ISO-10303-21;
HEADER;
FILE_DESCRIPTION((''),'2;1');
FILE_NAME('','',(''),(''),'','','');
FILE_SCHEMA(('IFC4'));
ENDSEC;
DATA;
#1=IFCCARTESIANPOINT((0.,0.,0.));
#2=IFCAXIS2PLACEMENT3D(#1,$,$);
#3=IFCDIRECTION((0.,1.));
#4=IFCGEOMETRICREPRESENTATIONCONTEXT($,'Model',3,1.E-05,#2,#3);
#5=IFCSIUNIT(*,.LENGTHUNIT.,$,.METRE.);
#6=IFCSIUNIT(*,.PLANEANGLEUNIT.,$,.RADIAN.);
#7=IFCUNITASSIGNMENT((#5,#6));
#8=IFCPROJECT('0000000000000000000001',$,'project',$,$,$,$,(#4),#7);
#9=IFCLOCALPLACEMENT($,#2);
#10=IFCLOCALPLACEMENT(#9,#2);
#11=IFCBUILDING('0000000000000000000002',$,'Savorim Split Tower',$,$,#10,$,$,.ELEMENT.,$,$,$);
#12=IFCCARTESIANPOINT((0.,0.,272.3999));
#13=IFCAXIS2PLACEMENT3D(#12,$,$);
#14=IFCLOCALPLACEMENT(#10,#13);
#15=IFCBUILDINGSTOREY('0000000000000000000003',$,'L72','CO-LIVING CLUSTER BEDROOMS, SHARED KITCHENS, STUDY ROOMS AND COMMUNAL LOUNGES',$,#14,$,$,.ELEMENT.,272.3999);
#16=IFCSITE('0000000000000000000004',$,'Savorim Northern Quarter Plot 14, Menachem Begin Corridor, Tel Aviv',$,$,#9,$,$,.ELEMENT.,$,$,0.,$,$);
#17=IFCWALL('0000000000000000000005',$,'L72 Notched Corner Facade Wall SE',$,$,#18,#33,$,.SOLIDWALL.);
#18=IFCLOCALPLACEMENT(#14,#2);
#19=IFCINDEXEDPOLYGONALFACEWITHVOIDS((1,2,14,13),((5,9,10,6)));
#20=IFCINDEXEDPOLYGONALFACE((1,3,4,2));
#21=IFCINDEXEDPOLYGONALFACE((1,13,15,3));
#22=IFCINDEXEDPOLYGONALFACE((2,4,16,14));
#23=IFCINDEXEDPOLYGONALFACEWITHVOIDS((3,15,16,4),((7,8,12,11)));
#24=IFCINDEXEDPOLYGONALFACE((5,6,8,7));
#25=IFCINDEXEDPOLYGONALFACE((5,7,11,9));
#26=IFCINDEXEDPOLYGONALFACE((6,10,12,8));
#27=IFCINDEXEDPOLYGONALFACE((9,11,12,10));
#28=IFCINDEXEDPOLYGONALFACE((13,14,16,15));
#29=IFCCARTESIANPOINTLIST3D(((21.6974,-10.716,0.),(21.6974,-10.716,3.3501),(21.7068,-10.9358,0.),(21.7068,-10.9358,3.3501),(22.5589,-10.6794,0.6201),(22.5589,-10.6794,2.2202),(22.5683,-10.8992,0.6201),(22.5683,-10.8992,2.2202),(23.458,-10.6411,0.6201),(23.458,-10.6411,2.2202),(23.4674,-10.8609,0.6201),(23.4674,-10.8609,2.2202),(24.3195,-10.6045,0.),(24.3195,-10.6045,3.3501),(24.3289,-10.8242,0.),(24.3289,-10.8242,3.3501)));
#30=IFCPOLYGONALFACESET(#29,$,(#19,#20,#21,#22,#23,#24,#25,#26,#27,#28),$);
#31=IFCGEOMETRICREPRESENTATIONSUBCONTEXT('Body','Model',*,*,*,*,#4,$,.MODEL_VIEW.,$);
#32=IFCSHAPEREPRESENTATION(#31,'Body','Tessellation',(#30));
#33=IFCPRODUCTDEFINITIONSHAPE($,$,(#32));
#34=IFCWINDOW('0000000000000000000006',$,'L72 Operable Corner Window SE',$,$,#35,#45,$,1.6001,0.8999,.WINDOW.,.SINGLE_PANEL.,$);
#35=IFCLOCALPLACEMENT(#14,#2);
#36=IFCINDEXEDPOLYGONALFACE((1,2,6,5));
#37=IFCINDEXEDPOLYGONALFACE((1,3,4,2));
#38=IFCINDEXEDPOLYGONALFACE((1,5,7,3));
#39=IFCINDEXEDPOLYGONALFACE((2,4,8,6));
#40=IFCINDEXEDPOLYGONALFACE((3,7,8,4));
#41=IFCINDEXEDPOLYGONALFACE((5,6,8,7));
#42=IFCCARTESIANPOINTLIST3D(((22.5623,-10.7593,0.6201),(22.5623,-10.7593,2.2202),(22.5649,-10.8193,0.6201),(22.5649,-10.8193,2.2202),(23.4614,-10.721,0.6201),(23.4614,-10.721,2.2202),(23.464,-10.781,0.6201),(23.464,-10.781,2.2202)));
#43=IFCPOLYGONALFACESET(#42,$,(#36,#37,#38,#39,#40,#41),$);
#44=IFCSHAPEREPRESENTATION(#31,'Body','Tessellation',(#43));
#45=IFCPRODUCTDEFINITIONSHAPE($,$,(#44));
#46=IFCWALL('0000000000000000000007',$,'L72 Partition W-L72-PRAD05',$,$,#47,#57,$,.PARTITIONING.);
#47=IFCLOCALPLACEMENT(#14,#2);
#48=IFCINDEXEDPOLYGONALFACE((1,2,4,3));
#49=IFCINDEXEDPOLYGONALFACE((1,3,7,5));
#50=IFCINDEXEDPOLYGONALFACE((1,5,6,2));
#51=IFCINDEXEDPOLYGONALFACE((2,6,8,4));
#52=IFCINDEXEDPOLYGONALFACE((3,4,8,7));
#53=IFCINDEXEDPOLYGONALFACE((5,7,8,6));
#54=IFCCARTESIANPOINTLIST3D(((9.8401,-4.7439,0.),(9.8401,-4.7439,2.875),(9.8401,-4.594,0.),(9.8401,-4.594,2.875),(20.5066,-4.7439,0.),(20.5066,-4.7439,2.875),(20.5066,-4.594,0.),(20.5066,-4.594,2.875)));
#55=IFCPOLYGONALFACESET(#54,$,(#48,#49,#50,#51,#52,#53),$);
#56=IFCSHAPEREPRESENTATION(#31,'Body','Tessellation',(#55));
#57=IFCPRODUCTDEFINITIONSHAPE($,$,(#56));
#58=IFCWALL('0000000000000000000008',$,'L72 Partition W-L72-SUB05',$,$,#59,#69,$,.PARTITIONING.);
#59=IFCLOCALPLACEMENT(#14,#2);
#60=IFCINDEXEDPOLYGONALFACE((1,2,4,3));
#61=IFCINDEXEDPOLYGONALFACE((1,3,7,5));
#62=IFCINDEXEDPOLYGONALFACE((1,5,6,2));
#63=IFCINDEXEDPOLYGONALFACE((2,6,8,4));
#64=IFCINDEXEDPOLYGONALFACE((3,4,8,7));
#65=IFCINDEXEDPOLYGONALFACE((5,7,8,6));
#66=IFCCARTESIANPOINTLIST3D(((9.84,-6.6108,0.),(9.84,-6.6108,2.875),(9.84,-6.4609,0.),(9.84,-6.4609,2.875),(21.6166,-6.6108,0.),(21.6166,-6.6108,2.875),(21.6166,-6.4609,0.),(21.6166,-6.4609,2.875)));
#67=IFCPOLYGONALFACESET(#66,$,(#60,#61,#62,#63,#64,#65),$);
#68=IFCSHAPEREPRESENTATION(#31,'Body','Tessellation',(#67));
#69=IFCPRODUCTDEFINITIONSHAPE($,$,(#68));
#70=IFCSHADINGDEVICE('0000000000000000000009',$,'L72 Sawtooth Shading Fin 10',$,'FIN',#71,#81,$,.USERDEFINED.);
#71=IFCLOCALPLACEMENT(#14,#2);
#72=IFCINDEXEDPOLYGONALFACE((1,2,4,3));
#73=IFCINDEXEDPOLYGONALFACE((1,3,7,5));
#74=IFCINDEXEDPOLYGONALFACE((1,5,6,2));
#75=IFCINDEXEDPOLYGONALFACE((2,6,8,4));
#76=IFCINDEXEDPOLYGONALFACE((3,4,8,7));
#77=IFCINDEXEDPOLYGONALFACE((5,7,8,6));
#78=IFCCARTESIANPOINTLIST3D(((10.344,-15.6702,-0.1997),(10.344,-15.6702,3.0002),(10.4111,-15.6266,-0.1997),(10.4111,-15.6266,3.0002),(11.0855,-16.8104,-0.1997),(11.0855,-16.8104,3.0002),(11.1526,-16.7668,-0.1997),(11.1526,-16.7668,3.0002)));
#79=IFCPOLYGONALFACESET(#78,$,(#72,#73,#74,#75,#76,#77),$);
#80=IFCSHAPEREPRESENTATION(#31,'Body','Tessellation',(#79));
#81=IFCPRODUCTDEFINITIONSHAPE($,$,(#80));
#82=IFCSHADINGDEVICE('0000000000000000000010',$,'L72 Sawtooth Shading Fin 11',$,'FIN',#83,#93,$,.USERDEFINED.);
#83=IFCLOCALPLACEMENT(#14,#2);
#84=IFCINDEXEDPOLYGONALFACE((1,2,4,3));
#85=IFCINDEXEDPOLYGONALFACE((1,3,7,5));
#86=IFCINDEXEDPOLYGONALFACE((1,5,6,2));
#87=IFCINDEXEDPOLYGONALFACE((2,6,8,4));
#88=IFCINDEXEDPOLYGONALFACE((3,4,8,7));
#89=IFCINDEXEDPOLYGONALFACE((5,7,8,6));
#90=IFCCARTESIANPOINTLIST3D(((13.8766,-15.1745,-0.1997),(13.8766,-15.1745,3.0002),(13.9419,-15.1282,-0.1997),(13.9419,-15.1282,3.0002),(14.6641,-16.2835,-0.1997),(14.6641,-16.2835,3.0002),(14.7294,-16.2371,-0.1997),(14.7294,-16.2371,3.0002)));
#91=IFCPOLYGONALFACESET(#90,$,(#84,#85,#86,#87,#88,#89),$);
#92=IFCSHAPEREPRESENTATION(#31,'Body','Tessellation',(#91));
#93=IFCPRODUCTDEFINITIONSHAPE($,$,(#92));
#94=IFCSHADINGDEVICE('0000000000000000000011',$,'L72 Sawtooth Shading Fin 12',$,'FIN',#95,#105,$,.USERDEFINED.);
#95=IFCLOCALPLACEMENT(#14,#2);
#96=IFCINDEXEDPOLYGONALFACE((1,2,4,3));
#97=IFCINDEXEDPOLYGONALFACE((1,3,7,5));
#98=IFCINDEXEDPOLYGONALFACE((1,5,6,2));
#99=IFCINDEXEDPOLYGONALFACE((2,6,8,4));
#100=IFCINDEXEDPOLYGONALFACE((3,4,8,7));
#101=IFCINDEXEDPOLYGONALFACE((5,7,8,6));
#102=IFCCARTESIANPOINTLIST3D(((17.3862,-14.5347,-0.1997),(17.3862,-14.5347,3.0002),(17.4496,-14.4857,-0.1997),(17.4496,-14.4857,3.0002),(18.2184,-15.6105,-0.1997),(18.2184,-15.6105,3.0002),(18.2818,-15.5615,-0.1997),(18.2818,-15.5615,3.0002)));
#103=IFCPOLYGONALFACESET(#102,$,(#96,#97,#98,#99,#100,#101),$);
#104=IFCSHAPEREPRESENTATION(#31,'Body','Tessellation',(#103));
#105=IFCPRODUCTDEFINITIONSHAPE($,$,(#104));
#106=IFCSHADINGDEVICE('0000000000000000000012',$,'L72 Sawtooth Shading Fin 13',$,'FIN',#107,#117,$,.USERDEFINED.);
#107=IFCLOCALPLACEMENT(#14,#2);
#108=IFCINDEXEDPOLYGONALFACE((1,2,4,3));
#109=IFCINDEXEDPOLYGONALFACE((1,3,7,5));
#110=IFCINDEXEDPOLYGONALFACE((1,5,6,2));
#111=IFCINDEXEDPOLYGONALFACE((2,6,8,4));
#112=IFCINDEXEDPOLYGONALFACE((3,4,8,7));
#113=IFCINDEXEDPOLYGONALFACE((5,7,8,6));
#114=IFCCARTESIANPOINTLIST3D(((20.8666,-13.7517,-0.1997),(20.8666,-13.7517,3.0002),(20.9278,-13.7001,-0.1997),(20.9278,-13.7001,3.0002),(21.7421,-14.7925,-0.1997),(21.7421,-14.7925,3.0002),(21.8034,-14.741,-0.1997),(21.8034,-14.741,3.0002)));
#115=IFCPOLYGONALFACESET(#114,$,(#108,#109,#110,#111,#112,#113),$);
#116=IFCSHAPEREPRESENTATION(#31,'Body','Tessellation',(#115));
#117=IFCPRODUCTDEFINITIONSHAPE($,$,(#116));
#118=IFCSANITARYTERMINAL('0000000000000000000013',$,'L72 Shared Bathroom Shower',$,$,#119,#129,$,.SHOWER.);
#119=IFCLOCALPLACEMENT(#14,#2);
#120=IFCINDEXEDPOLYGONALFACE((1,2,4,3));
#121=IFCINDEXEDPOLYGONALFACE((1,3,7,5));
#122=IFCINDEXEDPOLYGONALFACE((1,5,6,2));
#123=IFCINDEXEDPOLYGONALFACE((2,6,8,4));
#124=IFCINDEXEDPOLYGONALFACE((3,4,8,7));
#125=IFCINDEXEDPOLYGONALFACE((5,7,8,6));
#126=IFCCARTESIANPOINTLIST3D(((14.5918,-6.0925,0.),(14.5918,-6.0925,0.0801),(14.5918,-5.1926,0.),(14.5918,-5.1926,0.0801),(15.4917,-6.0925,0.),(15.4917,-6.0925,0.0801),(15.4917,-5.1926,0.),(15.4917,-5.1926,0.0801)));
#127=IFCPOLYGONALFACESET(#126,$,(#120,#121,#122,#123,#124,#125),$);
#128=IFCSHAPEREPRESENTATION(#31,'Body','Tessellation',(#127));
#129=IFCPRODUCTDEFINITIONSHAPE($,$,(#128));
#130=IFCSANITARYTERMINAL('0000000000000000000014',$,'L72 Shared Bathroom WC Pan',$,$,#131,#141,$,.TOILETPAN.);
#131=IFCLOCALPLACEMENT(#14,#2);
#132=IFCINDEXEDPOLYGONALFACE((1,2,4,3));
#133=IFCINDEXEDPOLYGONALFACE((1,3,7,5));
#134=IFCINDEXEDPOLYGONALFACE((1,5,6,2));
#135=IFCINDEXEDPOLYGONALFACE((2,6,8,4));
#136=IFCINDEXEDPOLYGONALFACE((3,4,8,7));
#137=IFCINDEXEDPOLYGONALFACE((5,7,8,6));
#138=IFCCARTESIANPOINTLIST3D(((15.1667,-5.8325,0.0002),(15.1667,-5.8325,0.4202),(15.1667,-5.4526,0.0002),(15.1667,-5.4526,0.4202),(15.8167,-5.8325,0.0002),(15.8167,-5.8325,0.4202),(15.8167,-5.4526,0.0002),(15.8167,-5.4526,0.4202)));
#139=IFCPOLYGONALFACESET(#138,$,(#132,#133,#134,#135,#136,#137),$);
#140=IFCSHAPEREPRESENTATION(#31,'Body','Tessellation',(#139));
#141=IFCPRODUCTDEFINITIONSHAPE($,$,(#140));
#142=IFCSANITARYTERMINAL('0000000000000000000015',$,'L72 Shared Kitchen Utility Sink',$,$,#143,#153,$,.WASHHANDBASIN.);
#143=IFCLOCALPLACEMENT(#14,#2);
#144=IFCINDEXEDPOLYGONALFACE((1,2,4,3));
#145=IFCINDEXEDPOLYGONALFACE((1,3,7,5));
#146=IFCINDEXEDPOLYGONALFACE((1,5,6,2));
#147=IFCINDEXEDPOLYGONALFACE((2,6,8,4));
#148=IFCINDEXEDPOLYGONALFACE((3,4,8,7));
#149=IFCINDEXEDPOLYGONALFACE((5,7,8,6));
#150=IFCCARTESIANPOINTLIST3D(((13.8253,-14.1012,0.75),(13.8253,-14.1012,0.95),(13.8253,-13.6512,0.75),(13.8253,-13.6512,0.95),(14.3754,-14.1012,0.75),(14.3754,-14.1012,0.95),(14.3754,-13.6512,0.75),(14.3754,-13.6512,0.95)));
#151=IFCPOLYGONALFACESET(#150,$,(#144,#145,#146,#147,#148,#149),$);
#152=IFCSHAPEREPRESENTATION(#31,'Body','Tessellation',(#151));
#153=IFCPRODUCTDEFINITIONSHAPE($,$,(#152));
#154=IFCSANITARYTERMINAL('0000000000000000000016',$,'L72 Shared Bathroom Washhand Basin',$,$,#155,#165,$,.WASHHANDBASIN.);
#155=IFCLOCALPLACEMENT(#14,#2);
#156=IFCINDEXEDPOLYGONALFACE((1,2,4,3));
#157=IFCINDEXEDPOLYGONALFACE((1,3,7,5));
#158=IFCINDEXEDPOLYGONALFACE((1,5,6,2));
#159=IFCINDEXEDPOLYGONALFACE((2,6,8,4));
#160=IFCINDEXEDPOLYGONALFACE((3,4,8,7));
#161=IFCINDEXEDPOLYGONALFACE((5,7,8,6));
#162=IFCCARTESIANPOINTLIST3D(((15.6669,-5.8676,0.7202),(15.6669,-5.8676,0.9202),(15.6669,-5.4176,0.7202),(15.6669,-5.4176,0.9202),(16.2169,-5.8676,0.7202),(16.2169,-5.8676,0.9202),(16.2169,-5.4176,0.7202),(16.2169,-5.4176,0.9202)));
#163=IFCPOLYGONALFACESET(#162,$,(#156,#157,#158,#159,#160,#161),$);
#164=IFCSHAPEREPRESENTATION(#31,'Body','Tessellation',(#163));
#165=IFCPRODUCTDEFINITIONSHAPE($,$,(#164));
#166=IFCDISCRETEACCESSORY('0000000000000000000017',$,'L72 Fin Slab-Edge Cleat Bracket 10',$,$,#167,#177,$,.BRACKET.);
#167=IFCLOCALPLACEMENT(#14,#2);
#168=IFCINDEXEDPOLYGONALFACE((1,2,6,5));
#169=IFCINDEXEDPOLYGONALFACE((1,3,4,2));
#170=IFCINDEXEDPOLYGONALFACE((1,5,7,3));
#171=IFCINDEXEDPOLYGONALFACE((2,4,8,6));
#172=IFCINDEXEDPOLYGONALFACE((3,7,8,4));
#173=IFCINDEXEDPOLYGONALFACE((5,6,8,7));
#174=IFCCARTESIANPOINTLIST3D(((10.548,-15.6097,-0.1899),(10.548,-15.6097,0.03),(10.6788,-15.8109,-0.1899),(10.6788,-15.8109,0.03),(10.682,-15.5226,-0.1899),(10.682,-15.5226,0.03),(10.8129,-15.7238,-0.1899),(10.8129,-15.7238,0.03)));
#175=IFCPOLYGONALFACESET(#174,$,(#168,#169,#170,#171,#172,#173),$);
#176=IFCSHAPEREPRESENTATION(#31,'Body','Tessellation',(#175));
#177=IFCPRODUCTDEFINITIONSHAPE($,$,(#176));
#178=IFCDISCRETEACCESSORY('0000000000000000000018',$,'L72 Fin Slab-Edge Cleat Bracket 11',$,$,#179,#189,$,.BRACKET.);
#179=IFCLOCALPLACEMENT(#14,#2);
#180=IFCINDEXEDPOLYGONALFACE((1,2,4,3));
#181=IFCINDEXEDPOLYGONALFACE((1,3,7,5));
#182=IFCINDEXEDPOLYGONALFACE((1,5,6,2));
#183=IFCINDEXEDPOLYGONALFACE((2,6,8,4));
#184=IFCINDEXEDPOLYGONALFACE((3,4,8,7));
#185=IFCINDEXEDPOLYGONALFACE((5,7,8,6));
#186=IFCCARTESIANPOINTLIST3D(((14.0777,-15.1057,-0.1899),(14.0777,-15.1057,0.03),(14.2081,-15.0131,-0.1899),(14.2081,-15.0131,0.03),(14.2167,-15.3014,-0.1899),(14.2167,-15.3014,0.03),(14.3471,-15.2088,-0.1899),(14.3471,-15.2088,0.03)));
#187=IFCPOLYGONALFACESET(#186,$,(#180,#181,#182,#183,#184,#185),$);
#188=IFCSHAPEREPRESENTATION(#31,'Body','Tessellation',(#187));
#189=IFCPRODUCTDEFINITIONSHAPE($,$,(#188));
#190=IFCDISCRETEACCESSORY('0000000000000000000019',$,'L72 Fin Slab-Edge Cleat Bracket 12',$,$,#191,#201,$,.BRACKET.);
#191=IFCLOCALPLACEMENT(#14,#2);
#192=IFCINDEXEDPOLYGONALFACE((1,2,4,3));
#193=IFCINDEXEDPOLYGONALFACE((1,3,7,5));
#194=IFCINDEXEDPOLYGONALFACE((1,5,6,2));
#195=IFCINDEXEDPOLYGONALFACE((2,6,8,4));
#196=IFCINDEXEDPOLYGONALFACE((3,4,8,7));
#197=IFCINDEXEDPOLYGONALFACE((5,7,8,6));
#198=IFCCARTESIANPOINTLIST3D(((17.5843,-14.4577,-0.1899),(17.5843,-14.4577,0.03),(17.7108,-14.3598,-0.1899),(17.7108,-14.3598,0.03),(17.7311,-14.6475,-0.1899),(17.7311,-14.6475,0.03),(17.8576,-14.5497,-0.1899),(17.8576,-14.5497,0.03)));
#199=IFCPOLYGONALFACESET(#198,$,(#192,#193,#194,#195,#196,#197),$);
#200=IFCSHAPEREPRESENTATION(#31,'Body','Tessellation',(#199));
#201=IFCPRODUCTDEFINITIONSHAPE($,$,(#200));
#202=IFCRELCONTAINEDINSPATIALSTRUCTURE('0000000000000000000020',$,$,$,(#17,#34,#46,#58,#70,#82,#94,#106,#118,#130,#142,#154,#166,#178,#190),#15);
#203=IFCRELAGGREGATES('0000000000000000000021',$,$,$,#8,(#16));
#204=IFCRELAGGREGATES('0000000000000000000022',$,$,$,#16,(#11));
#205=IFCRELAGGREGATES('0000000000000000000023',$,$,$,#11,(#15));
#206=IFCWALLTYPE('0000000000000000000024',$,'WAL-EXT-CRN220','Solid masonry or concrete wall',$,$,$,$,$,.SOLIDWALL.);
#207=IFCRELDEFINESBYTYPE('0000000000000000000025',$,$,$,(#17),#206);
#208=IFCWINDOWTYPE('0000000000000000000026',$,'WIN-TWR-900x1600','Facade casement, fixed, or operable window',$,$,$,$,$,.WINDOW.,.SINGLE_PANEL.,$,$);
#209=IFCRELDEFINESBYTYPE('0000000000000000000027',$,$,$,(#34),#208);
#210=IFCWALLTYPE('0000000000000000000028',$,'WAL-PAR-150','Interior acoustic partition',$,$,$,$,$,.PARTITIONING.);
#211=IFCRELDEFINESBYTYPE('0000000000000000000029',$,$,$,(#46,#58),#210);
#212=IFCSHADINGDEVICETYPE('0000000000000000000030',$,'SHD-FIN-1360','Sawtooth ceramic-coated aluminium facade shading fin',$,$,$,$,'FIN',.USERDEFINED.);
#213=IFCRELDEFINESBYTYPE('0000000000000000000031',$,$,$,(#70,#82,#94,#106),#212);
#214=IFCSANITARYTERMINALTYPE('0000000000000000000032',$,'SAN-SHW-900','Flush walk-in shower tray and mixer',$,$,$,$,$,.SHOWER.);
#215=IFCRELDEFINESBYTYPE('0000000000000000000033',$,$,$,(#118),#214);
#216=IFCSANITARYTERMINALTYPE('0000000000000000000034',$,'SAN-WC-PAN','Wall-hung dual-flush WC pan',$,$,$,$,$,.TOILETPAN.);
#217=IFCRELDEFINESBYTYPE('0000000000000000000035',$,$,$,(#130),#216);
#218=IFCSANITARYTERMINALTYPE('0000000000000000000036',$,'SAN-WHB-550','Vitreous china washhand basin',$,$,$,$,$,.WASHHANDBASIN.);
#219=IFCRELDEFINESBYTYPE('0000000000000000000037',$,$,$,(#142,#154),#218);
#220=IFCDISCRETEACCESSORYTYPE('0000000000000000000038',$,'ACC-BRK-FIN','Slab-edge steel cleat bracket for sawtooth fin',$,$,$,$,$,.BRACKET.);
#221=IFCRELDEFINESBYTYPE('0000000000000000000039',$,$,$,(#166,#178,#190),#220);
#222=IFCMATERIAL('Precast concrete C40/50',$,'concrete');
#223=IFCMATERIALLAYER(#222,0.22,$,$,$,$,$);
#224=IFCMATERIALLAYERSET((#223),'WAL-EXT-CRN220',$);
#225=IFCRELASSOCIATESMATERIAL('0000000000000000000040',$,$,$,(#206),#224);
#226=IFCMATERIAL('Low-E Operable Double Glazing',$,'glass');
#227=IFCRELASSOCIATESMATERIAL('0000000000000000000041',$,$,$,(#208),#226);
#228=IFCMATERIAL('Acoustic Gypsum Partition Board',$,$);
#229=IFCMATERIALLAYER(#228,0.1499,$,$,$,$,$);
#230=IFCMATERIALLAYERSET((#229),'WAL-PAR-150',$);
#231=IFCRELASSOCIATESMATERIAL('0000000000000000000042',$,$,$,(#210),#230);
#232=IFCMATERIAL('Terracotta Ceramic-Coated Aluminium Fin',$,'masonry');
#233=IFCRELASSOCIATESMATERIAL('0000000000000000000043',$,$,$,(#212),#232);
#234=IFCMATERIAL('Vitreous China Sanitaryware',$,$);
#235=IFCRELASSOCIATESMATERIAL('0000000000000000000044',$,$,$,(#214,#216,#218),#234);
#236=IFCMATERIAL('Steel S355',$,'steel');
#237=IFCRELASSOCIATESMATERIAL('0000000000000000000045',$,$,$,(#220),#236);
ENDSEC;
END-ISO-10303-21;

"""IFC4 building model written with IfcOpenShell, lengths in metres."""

from ifc_helpers import new_model, si_unit, direction, frame, frame_2d, origin, origin_2d, place, context, subcontext, project, spatial, rectangle, extrude, material, layer, layer_set, type_object, element, fill, save


model = new_model("IFC4")

# Units and contexts
model_context = context("Model", 3, precision=1e-05, world=origin(), true_north=direction((0.0, 1.0)))
body_context = subcontext(model_context, "Body", "Model", "MODEL_VIEW")
ifc_project = project(units=[si_unit("LENGTHUNIT", "METRE"), si_unit("PLANEANGLEUNIT", "RADIAN")], contexts=[model_context])

# Site, building, storey
site_placement = place(None, origin())
site = spatial("IfcSite", under=ifc_project, at=site_placement, Name="Savorim Northern Quarter Plot 14, Menachem Begin Corridor, Tel Aviv", CompositionType="ELEMENT", RefElevation=0.0)
building_placement = place(site_placement, origin())
building = spatial("IfcBuilding", under=site, at=building_placement, Name="Savorim Split Tower", CompositionType="ELEMENT")
storey_placement = place(building_placement, frame((0.0, 0.0, 272.3999)))
storey = spatial("IfcBuildingStorey", under=building, at=storey_placement, Name="L72", Description="CO-LIVING CLUSTER BEDROOMS, SHARED KITCHENS, STUDY ROOMS AND COMMUNAL LOUNGES", CompositionType="ELEMENT", Elevation=272.3999)

# Shared definitions
ifc_material_1 = material(Name="Steel S355", Category="steel")

# Shared definitions
ifc_material_2 = material(Name="Precast concrete C40/50", Category="concrete")
ifc_layer_1 = layer(ifc_material_2, 0.22)
ifc_layer_set_1 = layer_set([ifc_layer_1], Name="WAL-EXT-CRN220")
wall_type_1 = type_object("IfcWallType", Name="WAL-EXT-CRN220", Description="Solid masonry or concrete wall", PredefinedType="SOLIDWALL", material=ifc_layer_set_1)

# Wall, opening, window
wall_1_placement = place(storey_placement, frame((24.3242, -10.7144, 0.0), z_axis=(0.0, 0.0, 1.0), x_axis=(-0.999096, -0.042513, 0.0)))
wall_1 = element("IfcWall", 1, at=wall_1_placement, inside=storey, type_object=wall_type_1, Name="L72 Notched Corner Facade Wall SE", PredefinedType="SOLIDWALL", context=body_context, shape_type="SweptSolid", body=[
    extrude(rectangle(XDim=2.6245, YDim=0.22, at=frame_2d((1.3123, 0.0))), origin(), (0.0, 0.0, 1.0), 3.3501),
])
opening_placement = place(wall_1_placement, frame((0.8623, 0.0, 0.6201)))
opening = element("IfcOpeningElement", 2, at=opening_placement, cuts=wall_1, PredefinedType="OPENING", context=body_context, shape_type="SweptSolid", body=[
    extrude(rectangle(XDim=0.8999, YDim=1.6001, at=frame_2d((0.45, 0.8))), frame((0.0, 0.1199, 0.0), z_axis=(0.0, -1.0, 0.0), x_axis=(1.0, 0.0, 0.0)), (0.0, 0.0, 1.0), 0.24),
])
ifc_material_3 = material(Name="Low-E Operable Double Glazing", Category="glass")
window_type = type_object("IfcWindowType", Name="WIN-TWR-900x1600", Description="Facade casement, fixed, or operable window", PartitioningType="SINGLE_PANEL", PredefinedType="WINDOW", material=ifc_material_3)
window_placement = place(opening_placement, origin())
window = element("IfcWindow", 3, at=window_placement, inside=storey, type_object=window_type, Name="L72 Operable Corner Window SE", OverallHeight=1.6001, OverallWidth=0.8999, PartitioningType="SINGLE_PANEL", PredefinedType="WINDOW", context=body_context, shape_type="SweptSolid", body=[
    extrude(rectangle(XDim=0.8999, YDim=1.6001, at=frame_2d((0.45, 0.8))), frame((0.0, 0.03, 0.0), z_axis=(0.0, -1.0, 0.0), x_axis=(1.0, 0.0, 0.0)), (0.0, 0.0, 1.0), 0.0601),
])
fill(opening, window)

# Walls
ifc_material_4 = material(Name="Acoustic Gypsum Partition Board")
ifc_layer_2 = layer(ifc_material_4, 0.1499)
ifc_layer_set_2 = layer_set([ifc_layer_2], Name="WAL-PAR-150")
wall_type_2 = type_object("IfcWallType", Name="WAL-PAR-150", Description="Interior acoustic partition", PredefinedType="PARTITIONING", material=ifc_layer_set_2)
wall_2_placement = place(storey_placement, frame((9.8401, -4.6689, 0.0), z_axis=(0.0, 0.0, 1.0), x_axis=(1.0, 0.0, 0.0)))
element("IfcWall", 4, at=wall_2_placement, inside=storey, type_object=wall_type_2, Name="L72 Partition W-L72-PRAD05", PredefinedType="PARTITIONING", context=body_context, shape_type="SweptSolid", body=[
    extrude(rectangle(XDim=10.6665, YDim=0.1499, at=frame_2d((5.3333, 0.0))), origin(), (0.0, 0.0, 1.0), 2.875),
])
wall_3_placement = place(storey_placement, frame((9.8401, -6.5359, 0.0), z_axis=(0.0, 0.0, 1.0), x_axis=(1.0, 0.0, 0.0)))
element("IfcWall", 5, at=wall_3_placement, inside=storey, type_object=wall_type_2, Name="L72 Partition W-L72-SUB05", PredefinedType="PARTITIONING", context=body_context, shape_type="SweptSolid", body=[
    extrude(rectangle(XDim=11.7766, YDim=0.1499, at=frame_2d((5.8882, 0.0))), origin(), (0.0, 0.0, 1.0), 2.875),
])

# Shading devices
ifc_material_5 = material(Name="Terracotta Ceramic-Coated Aluminium Fin", Category="masonry")
shading_device_type = type_object("IfcShadingDeviceType", Name="SHD-FIN-1360", Description="Sawtooth ceramic-coated aluminium facade shading fin", ElementType="FIN", PredefinedType="USERDEFINED", material=ifc_material_5)
for number, where, z_axis, x_axis, name in (
    (6, (10.7483, -16.2185, -0.1997), (0.0, 0.0, 1.0), (0.545148, -0.83834, 0.0), "L72 Sawtooth Shading Fin 10"),
    (7, (14.303, -15.7058, -0.1997), (0.0, 0.0, 1.0), (0.578994, -0.815332, 0.0), "L72 Sawtooth Shading Fin 11"),
    (8, (17.834, -15.0481, -0.1997), (0.0, 0.0, 1.0), (0.611868, -0.79096, 0.0), "L72 Sawtooth Shading Fin 12"),
    (9, (21.335, -14.2463, -0.1997), (0.0, 0.0, 1.0), (0.643719, -0.765262, 0.0), "L72 Sawtooth Shading Fin 13"),
):
    element("IfcShadingDevice", number, at=place(storey_placement, frame(where, z_axis=z_axis, x_axis=x_axis)), inside=storey, type_object=shading_device_type, Name=name, ObjectType="FIN", PredefinedType="USERDEFINED", context=body_context, shape_type="SweptSolid", body=[
        extrude(rectangle(XDim=1.3601, YDim=0.0801, at=origin_2d()), origin(), (0.0, 0.0, 1.0), 3.2),
    ])

# Sanitary terminals
ifc_material_6 = material(Name="Vitreous China Sanitaryware")
sanitary_terminal_type_1 = type_object("IfcSanitaryTerminalType", Name="SAN-SHW-900", Description="Flush walk-in shower tray and mixer", PredefinedType="SHOWER", material=ifc_material_6)
sanitary_terminal_1_placement = place(storey_placement, frame((15.0417, -5.6426, 0.0), z_axis=(0.0, 0.0, 1.0), x_axis=(1.0, 0.0, 0.0)))
element("IfcSanitaryTerminal", 10, at=sanitary_terminal_1_placement, inside=storey, type_object=sanitary_terminal_type_1, Name="L72 Shared Bathroom Shower", PredefinedType="SHOWER", context=body_context, shape_type="SweptSolid", body=[
    extrude(rectangle(XDim=0.8999, YDim=0.8999, at=origin_2d()), origin(), (0.0, 0.0, 1.0), 0.0801),
])
sanitary_terminal_type_2 = type_object("IfcSanitaryTerminalType", Name="SAN-WC-PAN", Description="Wall-hung dual-flush WC pan", PredefinedType="TOILETPAN", material=ifc_material_6)
sanitary_terminal_2_placement = place(storey_placement, frame((15.4917, -5.6426, 0.0002), z_axis=(0.0, 0.0, 1.0), x_axis=(1.0, 0.0, 0.0)))
element("IfcSanitaryTerminal", 11, at=sanitary_terminal_2_placement, inside=storey, type_object=sanitary_terminal_type_2, Name="L72 Shared Bathroom WC Pan", PredefinedType="TOILETPAN", context=body_context, shape_type="SweptSolid", body=[
    extrude(rectangle(XDim=0.6499, YDim=0.3799, at=origin_2d()), origin(), (0.0, 0.0, 1.0), 0.4199),
])
sanitary_terminal_type_3 = type_object("IfcSanitaryTerminalType", Name="SAN-WHB-550", Description="Vitreous china washhand basin", PredefinedType="WASHHANDBASIN", material=ifc_material_6)
for number, where, z_axis, x_axis, name in (
    (12, (14.1003, -13.8762, 0.75), (0.0, 0.0, 1.0), (1.0, 0.0, 0.0), "L72 Shared Kitchen Utility Sink"),
    (13, (15.9419, -5.6426, 0.7202), (0.0, 0.0, 1.0), (1.0, 0.0, 0.0), "L72 Shared Bathroom Washhand Basin"),
):
    element("IfcSanitaryTerminal", number, at=place(storey_placement, frame(where, z_axis=z_axis, x_axis=x_axis)), inside=storey, type_object=sanitary_terminal_type_3, Name=name, PredefinedType="WASHHANDBASIN", context=body_context, shape_type="SweptSolid", body=[
        extrude(rectangle(XDim=0.55, YDim=0.45, at=origin_2d()), origin(), (0.0, 0.0, 1.0), 0.2),
    ])

# Discrete accessories
discrete_accessory_type = type_object("IfcDiscreteAccessoryType", Name="ACC-BRK-FIN", Description="Slab-edge steel cleat bracket for sawtooth fin", PredefinedType="BRACKET", material=ifc_material_1)
for number, where, z_axis, x_axis, name in (
    (14, (10.6804, -15.6667, -0.1899), (0.0, 0.0, 1.0), (0.545148, -0.83834, 0.0), "L72 Fin Slab-Edge Cleat Bracket 10"),
    (15, (14.2124, -15.1572, -0.1899), (0.0, 0.0, 1.0), (0.578994, -0.815332, 0.0), "L72 Fin Slab-Edge Cleat Bracket 11"),
    (16, (17.7209, -14.5037, -0.1899), (0.0, 0.0, 1.0), (0.611868, -0.79096, 0.0), "L72 Fin Slab-Edge Cleat Bracket 12"),
):
    element("IfcDiscreteAccessory", number, at=place(storey_placement, frame(where, z_axis=z_axis, x_axis=x_axis)), inside=storey, type_object=discrete_accessory_type, Name=name, PredefinedType="BRACKET", context=body_context, shape_type="SweptSolid", body=[
        extrude(rectangle(XDim=0.24, YDim=0.1599, at=origin_2d()), origin(), (0.0, 0.0, 1.0), 0.22),
    ])

save(model, "model.ifc")
